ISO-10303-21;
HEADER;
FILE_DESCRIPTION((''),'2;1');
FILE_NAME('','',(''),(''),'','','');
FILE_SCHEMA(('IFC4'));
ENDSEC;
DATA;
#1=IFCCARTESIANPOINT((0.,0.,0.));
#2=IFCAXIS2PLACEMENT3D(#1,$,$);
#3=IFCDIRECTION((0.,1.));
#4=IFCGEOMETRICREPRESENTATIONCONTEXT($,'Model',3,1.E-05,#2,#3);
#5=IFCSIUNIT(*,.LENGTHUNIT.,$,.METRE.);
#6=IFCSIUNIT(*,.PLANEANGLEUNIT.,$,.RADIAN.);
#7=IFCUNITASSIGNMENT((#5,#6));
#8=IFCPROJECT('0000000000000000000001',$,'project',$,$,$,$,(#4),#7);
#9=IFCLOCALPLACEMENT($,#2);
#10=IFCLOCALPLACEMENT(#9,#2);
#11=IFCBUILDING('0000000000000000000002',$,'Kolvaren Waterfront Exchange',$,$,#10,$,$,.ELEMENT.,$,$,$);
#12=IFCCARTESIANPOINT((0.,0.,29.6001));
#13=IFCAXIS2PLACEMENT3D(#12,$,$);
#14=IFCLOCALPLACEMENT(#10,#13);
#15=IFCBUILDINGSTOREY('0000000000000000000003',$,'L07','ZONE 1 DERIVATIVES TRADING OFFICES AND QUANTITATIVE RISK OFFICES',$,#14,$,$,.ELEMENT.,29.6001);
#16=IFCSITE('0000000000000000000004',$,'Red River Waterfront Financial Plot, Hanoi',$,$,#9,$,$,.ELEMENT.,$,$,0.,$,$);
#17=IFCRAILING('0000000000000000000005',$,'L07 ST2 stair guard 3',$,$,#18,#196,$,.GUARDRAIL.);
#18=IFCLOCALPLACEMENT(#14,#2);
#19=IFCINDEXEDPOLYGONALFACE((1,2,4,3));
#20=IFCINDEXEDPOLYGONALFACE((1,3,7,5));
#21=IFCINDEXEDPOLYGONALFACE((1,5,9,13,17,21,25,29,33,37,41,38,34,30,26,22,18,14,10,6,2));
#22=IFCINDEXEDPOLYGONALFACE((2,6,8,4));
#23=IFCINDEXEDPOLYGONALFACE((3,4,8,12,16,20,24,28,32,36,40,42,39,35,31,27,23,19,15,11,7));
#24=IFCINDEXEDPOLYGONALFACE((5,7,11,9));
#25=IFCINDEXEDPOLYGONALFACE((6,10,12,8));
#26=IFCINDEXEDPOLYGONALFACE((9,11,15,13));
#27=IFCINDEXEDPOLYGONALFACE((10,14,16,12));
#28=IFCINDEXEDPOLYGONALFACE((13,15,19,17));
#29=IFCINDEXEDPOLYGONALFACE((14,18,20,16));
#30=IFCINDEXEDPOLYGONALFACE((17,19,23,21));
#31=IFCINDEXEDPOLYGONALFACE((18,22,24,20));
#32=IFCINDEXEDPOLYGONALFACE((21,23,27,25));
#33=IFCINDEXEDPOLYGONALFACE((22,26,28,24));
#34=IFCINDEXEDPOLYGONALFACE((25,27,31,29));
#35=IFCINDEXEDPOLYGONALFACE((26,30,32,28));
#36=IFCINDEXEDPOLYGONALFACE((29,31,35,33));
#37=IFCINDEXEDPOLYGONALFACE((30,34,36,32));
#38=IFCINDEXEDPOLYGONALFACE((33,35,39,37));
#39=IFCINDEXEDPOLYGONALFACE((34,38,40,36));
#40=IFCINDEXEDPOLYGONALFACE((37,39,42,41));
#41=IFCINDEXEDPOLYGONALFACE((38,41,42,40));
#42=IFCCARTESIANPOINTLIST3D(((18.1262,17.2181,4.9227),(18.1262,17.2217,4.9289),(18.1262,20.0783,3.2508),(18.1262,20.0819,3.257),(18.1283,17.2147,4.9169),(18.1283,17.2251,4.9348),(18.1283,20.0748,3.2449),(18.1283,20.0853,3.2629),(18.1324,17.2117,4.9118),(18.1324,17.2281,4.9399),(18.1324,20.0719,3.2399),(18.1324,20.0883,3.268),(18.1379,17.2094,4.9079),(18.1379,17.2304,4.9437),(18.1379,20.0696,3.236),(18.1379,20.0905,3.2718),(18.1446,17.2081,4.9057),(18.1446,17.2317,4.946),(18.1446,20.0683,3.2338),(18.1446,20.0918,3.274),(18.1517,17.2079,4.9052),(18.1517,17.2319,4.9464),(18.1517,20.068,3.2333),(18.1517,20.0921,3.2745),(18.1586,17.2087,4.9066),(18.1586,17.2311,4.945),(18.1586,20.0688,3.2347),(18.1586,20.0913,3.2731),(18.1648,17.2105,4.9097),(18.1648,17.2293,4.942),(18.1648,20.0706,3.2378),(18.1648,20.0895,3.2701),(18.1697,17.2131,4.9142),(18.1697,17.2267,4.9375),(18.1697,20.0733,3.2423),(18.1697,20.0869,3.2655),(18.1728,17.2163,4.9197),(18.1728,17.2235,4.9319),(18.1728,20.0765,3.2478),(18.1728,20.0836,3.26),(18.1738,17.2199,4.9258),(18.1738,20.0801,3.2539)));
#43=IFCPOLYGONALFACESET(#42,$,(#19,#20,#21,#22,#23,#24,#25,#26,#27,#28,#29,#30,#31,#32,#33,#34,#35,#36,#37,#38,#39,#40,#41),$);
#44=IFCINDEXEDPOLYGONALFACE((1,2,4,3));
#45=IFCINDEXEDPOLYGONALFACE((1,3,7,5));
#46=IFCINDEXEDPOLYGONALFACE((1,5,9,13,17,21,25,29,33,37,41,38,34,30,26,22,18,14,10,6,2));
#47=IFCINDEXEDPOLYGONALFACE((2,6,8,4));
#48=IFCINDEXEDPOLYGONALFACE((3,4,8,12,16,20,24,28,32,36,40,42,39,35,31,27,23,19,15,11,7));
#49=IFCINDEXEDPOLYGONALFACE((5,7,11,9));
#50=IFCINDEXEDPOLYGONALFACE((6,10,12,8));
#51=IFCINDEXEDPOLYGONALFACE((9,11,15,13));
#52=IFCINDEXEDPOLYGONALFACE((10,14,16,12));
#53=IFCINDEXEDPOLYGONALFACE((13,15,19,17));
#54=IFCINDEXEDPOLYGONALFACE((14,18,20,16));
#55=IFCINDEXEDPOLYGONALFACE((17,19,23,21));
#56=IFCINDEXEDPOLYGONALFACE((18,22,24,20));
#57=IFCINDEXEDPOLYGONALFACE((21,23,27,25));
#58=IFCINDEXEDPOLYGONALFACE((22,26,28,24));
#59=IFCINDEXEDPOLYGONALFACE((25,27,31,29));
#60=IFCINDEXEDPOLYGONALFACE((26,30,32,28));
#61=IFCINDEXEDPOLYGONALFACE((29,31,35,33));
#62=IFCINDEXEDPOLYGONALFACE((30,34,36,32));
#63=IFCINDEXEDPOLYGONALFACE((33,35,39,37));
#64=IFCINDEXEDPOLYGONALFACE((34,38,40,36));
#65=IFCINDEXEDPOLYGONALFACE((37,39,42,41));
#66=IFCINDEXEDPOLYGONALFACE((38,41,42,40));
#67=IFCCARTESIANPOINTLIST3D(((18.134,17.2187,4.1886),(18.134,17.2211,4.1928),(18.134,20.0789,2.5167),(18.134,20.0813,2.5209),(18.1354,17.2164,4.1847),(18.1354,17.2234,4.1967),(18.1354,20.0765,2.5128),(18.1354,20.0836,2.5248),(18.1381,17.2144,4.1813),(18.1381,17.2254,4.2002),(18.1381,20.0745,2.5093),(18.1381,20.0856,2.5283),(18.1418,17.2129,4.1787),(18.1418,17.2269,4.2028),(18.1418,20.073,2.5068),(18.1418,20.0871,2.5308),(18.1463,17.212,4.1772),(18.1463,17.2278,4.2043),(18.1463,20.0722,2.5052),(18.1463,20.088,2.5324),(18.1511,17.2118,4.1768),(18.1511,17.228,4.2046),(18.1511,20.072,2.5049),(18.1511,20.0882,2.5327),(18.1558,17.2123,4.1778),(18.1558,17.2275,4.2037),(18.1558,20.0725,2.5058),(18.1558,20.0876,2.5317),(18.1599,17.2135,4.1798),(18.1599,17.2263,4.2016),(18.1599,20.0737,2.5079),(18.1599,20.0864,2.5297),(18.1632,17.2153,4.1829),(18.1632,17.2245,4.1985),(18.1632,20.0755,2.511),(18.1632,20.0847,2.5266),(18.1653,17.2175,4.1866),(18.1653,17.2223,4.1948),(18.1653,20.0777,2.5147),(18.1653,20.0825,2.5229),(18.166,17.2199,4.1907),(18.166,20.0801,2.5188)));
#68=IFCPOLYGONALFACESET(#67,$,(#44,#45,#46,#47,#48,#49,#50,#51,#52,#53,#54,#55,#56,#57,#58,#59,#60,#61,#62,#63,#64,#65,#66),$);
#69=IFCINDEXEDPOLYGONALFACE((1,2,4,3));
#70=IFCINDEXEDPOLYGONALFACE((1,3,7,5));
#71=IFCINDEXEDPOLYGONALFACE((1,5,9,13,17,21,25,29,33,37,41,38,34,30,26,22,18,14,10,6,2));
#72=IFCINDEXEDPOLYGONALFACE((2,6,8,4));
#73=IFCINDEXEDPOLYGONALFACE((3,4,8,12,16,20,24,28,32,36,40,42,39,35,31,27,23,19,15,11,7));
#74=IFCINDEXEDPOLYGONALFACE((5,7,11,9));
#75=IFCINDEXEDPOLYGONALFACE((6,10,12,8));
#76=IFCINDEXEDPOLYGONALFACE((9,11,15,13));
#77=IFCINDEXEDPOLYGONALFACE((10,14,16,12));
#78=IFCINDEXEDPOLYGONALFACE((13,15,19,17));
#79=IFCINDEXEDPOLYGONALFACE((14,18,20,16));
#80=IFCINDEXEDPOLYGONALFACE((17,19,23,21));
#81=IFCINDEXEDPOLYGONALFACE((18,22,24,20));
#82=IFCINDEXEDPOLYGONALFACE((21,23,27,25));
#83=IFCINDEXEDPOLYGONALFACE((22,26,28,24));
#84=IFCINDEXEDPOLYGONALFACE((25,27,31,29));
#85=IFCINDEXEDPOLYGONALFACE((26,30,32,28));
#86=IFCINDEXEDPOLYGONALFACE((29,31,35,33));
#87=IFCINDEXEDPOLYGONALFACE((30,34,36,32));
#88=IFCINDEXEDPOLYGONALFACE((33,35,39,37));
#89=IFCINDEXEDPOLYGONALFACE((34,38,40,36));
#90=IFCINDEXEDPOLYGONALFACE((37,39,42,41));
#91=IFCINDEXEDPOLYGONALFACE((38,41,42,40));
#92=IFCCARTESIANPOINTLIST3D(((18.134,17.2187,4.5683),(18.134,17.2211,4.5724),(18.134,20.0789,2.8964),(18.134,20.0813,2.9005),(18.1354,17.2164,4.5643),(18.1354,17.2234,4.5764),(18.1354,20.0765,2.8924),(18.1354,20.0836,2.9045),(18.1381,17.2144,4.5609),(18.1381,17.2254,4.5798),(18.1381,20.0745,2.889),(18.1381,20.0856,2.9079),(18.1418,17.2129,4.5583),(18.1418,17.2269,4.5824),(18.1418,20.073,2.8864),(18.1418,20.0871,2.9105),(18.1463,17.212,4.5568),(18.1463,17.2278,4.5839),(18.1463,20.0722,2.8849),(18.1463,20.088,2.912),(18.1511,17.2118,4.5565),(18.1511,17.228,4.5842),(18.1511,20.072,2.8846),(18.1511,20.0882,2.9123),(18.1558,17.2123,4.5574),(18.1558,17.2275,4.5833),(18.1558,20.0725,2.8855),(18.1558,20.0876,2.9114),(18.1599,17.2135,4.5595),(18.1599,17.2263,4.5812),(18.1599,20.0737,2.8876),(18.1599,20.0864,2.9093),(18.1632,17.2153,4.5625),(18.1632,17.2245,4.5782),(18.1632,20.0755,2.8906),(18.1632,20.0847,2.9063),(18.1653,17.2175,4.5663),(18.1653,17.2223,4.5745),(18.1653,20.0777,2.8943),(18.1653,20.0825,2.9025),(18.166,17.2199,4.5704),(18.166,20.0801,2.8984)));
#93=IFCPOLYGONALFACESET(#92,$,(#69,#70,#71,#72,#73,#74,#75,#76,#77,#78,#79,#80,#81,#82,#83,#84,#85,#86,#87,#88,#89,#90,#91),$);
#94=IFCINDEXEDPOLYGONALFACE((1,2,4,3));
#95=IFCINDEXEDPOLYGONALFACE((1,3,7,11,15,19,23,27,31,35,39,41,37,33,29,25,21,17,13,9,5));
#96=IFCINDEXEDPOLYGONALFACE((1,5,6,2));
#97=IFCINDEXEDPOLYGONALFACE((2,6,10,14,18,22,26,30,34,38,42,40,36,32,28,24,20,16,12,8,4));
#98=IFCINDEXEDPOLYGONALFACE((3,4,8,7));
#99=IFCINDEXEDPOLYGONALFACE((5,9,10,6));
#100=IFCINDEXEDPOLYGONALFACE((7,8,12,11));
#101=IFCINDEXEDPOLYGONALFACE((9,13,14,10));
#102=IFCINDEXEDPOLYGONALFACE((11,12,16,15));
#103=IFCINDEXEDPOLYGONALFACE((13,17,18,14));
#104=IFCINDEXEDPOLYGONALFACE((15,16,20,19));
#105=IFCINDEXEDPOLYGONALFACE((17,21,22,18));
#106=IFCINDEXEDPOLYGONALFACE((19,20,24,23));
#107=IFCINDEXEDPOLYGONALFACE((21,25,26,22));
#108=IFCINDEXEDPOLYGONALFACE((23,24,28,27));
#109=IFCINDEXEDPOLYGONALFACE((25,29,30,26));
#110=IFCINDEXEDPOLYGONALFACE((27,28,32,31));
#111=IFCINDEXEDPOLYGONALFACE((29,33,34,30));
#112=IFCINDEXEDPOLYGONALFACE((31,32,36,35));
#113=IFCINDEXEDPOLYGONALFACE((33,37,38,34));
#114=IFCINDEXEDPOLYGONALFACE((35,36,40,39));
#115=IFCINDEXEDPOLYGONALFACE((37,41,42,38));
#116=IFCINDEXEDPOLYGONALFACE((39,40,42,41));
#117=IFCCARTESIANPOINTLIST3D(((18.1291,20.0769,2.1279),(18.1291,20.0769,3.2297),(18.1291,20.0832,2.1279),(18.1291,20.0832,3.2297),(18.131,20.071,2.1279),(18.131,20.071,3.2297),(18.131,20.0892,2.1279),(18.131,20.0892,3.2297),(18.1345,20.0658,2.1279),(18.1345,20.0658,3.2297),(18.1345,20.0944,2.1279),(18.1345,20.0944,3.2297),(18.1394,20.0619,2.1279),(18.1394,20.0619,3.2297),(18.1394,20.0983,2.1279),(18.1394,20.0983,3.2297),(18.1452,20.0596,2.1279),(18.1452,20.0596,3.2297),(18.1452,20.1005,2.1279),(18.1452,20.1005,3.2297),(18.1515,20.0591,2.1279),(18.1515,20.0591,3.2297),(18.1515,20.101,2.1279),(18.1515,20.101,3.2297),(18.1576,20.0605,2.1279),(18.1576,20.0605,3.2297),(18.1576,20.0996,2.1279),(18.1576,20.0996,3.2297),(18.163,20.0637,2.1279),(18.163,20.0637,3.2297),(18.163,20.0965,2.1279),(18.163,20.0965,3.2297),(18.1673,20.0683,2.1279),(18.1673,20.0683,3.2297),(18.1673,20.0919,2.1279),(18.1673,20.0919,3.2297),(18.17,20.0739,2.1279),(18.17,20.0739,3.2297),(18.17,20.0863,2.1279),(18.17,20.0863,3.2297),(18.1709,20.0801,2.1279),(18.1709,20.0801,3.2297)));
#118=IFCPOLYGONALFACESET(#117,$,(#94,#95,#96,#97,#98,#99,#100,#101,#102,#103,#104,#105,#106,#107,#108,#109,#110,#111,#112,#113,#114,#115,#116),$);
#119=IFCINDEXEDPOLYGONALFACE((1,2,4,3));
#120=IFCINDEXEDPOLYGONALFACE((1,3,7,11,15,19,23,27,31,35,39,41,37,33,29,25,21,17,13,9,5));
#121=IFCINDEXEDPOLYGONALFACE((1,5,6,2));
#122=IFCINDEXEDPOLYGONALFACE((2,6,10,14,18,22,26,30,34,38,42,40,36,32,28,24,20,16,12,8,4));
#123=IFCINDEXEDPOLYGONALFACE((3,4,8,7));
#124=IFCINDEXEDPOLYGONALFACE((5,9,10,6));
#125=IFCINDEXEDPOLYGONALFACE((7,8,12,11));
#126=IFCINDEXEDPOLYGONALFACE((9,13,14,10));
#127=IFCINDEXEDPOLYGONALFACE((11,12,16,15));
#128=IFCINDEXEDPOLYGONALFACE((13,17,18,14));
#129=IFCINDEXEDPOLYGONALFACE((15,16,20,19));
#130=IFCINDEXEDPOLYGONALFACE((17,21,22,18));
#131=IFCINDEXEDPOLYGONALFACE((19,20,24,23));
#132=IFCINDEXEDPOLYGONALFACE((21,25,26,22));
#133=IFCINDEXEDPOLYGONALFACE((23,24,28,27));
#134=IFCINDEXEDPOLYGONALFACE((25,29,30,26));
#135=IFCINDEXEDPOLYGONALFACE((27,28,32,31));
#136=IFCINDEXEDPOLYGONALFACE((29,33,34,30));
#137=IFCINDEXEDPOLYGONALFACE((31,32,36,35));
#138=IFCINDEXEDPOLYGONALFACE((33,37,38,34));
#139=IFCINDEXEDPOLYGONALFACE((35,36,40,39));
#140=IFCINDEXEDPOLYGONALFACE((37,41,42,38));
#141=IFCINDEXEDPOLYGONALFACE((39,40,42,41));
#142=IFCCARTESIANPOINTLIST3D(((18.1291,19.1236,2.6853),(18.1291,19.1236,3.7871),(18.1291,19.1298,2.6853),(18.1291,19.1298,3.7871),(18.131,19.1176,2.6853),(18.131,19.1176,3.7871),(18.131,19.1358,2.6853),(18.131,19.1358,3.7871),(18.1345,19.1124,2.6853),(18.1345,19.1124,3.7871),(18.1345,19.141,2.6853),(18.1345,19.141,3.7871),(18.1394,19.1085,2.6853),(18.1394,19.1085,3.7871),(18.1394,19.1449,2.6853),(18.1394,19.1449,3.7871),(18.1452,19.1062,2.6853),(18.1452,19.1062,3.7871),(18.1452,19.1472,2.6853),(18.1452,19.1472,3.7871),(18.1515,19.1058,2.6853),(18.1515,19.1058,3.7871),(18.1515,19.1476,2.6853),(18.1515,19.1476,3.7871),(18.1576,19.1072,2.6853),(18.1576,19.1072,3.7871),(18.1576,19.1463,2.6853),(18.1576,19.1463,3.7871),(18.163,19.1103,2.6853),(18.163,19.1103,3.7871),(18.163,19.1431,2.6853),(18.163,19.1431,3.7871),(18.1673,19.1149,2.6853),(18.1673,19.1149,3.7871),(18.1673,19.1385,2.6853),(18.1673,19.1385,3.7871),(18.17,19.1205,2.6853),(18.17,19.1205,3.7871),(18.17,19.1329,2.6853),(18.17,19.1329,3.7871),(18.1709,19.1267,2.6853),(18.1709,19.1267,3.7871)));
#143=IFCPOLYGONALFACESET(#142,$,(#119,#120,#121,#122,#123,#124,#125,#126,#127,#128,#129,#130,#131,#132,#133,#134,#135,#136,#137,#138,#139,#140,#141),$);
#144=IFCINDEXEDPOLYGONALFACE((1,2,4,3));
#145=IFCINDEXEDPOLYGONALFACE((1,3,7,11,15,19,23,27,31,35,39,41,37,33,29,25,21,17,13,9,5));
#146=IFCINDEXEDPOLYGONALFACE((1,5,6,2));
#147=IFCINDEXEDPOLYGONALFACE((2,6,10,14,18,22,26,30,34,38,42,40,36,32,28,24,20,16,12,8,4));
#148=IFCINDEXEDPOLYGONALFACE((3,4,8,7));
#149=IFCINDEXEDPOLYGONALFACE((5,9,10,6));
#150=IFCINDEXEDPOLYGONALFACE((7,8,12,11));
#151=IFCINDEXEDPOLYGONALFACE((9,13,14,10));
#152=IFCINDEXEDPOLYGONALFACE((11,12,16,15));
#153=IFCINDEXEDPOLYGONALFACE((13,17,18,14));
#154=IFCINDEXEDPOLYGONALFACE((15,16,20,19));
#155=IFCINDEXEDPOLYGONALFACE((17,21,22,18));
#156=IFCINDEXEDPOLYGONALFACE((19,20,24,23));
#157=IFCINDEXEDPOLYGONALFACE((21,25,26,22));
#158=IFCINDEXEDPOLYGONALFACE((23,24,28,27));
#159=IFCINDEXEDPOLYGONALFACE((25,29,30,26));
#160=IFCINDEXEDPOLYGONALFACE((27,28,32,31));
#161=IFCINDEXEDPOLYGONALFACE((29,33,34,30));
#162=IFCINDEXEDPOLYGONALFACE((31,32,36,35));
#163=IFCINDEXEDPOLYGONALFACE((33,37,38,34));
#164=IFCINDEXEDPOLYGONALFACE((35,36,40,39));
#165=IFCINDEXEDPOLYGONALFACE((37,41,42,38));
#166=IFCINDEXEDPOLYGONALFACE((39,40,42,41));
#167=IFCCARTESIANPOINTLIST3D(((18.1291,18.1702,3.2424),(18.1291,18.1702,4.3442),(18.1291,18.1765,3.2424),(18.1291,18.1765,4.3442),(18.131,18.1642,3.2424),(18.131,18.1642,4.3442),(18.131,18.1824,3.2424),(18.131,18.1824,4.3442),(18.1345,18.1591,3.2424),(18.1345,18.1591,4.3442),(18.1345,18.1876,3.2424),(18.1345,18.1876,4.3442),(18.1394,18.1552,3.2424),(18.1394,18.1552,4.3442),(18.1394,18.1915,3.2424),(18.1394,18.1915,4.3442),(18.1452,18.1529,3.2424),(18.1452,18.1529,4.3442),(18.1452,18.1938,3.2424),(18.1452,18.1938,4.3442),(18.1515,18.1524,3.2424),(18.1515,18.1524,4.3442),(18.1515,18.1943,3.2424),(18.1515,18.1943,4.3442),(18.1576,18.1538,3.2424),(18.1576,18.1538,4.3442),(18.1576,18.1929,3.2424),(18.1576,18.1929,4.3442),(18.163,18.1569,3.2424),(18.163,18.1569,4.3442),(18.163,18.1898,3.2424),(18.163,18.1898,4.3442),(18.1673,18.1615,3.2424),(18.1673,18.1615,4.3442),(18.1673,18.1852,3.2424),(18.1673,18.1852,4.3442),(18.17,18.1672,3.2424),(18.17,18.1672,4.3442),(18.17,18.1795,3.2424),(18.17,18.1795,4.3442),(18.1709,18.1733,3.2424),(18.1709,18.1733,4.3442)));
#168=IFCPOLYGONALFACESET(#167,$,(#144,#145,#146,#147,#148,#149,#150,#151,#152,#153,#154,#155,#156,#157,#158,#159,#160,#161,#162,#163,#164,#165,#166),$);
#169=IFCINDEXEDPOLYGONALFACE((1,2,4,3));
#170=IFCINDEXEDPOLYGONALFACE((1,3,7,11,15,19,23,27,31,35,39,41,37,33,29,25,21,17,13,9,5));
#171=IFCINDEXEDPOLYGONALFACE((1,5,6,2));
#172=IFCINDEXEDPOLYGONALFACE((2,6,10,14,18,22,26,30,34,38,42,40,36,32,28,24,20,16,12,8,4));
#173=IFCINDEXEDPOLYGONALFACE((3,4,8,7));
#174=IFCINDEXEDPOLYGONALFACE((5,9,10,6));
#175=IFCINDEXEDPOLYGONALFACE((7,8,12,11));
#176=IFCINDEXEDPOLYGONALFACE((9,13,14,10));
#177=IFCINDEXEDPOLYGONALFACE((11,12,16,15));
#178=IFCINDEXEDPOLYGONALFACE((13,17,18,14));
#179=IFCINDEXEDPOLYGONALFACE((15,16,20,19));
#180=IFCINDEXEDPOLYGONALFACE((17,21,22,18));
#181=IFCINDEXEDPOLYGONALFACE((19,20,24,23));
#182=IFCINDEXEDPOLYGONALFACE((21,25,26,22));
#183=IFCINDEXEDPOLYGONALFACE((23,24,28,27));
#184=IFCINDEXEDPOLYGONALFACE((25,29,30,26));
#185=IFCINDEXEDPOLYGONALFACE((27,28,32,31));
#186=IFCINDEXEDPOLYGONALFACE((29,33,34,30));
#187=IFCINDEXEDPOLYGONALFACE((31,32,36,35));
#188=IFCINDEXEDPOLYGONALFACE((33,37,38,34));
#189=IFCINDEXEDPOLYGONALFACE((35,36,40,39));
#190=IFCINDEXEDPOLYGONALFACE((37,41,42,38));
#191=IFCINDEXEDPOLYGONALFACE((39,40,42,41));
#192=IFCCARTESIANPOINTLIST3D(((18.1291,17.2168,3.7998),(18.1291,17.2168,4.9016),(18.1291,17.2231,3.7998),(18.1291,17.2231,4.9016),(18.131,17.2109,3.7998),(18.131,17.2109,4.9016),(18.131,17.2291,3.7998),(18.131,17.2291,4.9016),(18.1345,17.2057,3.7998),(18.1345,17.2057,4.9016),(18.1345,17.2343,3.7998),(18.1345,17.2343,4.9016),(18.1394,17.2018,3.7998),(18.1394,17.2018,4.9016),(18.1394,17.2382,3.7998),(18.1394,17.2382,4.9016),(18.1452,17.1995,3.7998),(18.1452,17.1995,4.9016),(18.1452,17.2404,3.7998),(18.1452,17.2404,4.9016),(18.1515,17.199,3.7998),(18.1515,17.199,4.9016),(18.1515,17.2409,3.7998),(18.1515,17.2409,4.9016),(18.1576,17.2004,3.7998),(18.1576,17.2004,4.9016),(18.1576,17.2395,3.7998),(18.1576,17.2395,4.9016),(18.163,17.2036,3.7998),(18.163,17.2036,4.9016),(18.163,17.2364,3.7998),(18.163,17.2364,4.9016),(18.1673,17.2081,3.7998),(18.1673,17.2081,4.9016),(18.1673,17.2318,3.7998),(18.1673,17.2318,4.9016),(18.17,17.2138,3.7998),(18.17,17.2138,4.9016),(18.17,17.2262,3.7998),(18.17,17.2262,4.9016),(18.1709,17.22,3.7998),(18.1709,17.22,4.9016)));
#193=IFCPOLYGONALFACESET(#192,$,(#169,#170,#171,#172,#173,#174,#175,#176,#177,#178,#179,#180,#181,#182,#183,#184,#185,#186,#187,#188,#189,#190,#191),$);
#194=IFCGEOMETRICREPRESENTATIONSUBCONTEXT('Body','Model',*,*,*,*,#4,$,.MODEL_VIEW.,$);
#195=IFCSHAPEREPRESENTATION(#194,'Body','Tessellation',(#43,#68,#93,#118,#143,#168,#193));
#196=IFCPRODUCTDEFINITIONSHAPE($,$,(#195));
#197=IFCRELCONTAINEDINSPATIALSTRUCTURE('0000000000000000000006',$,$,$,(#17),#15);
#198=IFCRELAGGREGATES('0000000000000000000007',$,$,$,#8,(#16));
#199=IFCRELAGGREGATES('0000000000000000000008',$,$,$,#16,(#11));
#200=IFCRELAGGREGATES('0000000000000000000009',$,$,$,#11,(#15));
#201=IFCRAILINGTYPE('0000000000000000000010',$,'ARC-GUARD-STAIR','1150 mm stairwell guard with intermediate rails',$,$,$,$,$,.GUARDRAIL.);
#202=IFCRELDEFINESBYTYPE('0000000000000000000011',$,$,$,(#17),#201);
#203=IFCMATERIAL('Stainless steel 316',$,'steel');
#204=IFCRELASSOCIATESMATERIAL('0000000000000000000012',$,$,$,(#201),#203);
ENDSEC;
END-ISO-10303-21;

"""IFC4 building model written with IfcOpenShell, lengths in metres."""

from ifc_helpers import new_model, si_unit, direction, frame, origin, origin_2d, place, context, subcontext, project, spatial, circle, extrude, material, type_object, element, save


model = new_model("IFC4")

# Units and contexts
model_context = context("Model", 3, precision=1e-05, world=origin(), true_north=direction((0.0, 1.0)))
body_context = subcontext(model_context, "Body", "Model", "MODEL_VIEW")
ifc_project = project(units=[si_unit("LENGTHUNIT", "METRE"), si_unit("PLANEANGLEUNIT", "RADIAN")], contexts=[model_context])

# Site, building, storey
site_placement = place(None, origin())
site = spatial("IfcSite", under=ifc_project, at=site_placement, Name="Red River Waterfront Financial Plot, Hanoi", CompositionType="ELEMENT", RefElevation=0.0)
building_placement = place(site_placement, origin())
building = spatial("IfcBuilding", under=site, at=building_placement, Name="Kolvaren Waterfront Exchange", CompositionType="ELEMENT")
storey_placement = place(building_placement, frame((0.0, 0.0, 29.6001)))
storey = spatial("IfcBuildingStorey", under=building, at=storey_placement, Name="L07", Description="ZONE 1 DERIVATIVES TRADING OFFICES AND QUANTITATIVE RISK OFFICES", CompositionType="ELEMENT", Elevation=29.6001)

# Railing
ifc_material_1 = material(Name="Stainless steel 316", Category="steel")
railing_type_1 = type_object("IfcRailingType", Name="ARC-GUARD-STAIR", Description="1150 mm stairwell guard with intermediate rails", PredefinedType="GUARDRAIL", material=ifc_material_1)
railing_1_placement = place(storey_placement, frame((18.1499, 20.0801, 2.1279)))
element("IfcRailing", 1, at=railing_1_placement, inside=storey, type_object=railing_type_1, Name="L07 ST2 stair guard 3", PredefinedType="GUARDRAIL", context=body_context, shape_type="SweptSolid", body=[
    extrude(circle(Radius=0.0239, at=origin_2d()), frame((0.0, 0.0, 1.126), z_axis=(0.0, -0.863321, 0.504654), x_axis=(1.0, 0.0, 0.0)), (0.0, 0.0, 1.0), 3.313),
    extrude(circle(Radius=0.0161, at=origin_2d()), frame((0.0, 0.0, 0.3909), z_axis=(0.0, -0.863321, 0.504654), x_axis=(1.0, 0.0, 0.0)), (0.0, 0.0, 1.0), 3.313),
    extrude(circle(Radius=0.0161, at=origin_2d()), frame((0.0, 0.0, 0.7705), z_axis=(0.0, -0.863321, 0.504654), x_axis=(1.0, 0.0, 0.0)), (0.0, 0.0, 1.0), 3.313),
    extrude(circle(Radius=0.021, at=origin_2d()), origin(), (0.0, 0.0, 1.0), 1.1018),
    extrude(circle(Radius=0.021, at=origin_2d()), frame((0.0, -0.9534, 0.5574)), (0.0, 0.0, 1.0), 1.1018),
    extrude(circle(Radius=0.021, at=origin_2d()), frame((0.0, -1.9067, 1.1145)), (0.0, 0.0, 1.0), 1.1018),
    extrude(circle(Radius=0.021, at=origin_2d()), frame((0.0, -2.8601, 1.6719)), (0.0, 0.0, 1.0), 1.1018),
])

save(model, "model.ifc")
